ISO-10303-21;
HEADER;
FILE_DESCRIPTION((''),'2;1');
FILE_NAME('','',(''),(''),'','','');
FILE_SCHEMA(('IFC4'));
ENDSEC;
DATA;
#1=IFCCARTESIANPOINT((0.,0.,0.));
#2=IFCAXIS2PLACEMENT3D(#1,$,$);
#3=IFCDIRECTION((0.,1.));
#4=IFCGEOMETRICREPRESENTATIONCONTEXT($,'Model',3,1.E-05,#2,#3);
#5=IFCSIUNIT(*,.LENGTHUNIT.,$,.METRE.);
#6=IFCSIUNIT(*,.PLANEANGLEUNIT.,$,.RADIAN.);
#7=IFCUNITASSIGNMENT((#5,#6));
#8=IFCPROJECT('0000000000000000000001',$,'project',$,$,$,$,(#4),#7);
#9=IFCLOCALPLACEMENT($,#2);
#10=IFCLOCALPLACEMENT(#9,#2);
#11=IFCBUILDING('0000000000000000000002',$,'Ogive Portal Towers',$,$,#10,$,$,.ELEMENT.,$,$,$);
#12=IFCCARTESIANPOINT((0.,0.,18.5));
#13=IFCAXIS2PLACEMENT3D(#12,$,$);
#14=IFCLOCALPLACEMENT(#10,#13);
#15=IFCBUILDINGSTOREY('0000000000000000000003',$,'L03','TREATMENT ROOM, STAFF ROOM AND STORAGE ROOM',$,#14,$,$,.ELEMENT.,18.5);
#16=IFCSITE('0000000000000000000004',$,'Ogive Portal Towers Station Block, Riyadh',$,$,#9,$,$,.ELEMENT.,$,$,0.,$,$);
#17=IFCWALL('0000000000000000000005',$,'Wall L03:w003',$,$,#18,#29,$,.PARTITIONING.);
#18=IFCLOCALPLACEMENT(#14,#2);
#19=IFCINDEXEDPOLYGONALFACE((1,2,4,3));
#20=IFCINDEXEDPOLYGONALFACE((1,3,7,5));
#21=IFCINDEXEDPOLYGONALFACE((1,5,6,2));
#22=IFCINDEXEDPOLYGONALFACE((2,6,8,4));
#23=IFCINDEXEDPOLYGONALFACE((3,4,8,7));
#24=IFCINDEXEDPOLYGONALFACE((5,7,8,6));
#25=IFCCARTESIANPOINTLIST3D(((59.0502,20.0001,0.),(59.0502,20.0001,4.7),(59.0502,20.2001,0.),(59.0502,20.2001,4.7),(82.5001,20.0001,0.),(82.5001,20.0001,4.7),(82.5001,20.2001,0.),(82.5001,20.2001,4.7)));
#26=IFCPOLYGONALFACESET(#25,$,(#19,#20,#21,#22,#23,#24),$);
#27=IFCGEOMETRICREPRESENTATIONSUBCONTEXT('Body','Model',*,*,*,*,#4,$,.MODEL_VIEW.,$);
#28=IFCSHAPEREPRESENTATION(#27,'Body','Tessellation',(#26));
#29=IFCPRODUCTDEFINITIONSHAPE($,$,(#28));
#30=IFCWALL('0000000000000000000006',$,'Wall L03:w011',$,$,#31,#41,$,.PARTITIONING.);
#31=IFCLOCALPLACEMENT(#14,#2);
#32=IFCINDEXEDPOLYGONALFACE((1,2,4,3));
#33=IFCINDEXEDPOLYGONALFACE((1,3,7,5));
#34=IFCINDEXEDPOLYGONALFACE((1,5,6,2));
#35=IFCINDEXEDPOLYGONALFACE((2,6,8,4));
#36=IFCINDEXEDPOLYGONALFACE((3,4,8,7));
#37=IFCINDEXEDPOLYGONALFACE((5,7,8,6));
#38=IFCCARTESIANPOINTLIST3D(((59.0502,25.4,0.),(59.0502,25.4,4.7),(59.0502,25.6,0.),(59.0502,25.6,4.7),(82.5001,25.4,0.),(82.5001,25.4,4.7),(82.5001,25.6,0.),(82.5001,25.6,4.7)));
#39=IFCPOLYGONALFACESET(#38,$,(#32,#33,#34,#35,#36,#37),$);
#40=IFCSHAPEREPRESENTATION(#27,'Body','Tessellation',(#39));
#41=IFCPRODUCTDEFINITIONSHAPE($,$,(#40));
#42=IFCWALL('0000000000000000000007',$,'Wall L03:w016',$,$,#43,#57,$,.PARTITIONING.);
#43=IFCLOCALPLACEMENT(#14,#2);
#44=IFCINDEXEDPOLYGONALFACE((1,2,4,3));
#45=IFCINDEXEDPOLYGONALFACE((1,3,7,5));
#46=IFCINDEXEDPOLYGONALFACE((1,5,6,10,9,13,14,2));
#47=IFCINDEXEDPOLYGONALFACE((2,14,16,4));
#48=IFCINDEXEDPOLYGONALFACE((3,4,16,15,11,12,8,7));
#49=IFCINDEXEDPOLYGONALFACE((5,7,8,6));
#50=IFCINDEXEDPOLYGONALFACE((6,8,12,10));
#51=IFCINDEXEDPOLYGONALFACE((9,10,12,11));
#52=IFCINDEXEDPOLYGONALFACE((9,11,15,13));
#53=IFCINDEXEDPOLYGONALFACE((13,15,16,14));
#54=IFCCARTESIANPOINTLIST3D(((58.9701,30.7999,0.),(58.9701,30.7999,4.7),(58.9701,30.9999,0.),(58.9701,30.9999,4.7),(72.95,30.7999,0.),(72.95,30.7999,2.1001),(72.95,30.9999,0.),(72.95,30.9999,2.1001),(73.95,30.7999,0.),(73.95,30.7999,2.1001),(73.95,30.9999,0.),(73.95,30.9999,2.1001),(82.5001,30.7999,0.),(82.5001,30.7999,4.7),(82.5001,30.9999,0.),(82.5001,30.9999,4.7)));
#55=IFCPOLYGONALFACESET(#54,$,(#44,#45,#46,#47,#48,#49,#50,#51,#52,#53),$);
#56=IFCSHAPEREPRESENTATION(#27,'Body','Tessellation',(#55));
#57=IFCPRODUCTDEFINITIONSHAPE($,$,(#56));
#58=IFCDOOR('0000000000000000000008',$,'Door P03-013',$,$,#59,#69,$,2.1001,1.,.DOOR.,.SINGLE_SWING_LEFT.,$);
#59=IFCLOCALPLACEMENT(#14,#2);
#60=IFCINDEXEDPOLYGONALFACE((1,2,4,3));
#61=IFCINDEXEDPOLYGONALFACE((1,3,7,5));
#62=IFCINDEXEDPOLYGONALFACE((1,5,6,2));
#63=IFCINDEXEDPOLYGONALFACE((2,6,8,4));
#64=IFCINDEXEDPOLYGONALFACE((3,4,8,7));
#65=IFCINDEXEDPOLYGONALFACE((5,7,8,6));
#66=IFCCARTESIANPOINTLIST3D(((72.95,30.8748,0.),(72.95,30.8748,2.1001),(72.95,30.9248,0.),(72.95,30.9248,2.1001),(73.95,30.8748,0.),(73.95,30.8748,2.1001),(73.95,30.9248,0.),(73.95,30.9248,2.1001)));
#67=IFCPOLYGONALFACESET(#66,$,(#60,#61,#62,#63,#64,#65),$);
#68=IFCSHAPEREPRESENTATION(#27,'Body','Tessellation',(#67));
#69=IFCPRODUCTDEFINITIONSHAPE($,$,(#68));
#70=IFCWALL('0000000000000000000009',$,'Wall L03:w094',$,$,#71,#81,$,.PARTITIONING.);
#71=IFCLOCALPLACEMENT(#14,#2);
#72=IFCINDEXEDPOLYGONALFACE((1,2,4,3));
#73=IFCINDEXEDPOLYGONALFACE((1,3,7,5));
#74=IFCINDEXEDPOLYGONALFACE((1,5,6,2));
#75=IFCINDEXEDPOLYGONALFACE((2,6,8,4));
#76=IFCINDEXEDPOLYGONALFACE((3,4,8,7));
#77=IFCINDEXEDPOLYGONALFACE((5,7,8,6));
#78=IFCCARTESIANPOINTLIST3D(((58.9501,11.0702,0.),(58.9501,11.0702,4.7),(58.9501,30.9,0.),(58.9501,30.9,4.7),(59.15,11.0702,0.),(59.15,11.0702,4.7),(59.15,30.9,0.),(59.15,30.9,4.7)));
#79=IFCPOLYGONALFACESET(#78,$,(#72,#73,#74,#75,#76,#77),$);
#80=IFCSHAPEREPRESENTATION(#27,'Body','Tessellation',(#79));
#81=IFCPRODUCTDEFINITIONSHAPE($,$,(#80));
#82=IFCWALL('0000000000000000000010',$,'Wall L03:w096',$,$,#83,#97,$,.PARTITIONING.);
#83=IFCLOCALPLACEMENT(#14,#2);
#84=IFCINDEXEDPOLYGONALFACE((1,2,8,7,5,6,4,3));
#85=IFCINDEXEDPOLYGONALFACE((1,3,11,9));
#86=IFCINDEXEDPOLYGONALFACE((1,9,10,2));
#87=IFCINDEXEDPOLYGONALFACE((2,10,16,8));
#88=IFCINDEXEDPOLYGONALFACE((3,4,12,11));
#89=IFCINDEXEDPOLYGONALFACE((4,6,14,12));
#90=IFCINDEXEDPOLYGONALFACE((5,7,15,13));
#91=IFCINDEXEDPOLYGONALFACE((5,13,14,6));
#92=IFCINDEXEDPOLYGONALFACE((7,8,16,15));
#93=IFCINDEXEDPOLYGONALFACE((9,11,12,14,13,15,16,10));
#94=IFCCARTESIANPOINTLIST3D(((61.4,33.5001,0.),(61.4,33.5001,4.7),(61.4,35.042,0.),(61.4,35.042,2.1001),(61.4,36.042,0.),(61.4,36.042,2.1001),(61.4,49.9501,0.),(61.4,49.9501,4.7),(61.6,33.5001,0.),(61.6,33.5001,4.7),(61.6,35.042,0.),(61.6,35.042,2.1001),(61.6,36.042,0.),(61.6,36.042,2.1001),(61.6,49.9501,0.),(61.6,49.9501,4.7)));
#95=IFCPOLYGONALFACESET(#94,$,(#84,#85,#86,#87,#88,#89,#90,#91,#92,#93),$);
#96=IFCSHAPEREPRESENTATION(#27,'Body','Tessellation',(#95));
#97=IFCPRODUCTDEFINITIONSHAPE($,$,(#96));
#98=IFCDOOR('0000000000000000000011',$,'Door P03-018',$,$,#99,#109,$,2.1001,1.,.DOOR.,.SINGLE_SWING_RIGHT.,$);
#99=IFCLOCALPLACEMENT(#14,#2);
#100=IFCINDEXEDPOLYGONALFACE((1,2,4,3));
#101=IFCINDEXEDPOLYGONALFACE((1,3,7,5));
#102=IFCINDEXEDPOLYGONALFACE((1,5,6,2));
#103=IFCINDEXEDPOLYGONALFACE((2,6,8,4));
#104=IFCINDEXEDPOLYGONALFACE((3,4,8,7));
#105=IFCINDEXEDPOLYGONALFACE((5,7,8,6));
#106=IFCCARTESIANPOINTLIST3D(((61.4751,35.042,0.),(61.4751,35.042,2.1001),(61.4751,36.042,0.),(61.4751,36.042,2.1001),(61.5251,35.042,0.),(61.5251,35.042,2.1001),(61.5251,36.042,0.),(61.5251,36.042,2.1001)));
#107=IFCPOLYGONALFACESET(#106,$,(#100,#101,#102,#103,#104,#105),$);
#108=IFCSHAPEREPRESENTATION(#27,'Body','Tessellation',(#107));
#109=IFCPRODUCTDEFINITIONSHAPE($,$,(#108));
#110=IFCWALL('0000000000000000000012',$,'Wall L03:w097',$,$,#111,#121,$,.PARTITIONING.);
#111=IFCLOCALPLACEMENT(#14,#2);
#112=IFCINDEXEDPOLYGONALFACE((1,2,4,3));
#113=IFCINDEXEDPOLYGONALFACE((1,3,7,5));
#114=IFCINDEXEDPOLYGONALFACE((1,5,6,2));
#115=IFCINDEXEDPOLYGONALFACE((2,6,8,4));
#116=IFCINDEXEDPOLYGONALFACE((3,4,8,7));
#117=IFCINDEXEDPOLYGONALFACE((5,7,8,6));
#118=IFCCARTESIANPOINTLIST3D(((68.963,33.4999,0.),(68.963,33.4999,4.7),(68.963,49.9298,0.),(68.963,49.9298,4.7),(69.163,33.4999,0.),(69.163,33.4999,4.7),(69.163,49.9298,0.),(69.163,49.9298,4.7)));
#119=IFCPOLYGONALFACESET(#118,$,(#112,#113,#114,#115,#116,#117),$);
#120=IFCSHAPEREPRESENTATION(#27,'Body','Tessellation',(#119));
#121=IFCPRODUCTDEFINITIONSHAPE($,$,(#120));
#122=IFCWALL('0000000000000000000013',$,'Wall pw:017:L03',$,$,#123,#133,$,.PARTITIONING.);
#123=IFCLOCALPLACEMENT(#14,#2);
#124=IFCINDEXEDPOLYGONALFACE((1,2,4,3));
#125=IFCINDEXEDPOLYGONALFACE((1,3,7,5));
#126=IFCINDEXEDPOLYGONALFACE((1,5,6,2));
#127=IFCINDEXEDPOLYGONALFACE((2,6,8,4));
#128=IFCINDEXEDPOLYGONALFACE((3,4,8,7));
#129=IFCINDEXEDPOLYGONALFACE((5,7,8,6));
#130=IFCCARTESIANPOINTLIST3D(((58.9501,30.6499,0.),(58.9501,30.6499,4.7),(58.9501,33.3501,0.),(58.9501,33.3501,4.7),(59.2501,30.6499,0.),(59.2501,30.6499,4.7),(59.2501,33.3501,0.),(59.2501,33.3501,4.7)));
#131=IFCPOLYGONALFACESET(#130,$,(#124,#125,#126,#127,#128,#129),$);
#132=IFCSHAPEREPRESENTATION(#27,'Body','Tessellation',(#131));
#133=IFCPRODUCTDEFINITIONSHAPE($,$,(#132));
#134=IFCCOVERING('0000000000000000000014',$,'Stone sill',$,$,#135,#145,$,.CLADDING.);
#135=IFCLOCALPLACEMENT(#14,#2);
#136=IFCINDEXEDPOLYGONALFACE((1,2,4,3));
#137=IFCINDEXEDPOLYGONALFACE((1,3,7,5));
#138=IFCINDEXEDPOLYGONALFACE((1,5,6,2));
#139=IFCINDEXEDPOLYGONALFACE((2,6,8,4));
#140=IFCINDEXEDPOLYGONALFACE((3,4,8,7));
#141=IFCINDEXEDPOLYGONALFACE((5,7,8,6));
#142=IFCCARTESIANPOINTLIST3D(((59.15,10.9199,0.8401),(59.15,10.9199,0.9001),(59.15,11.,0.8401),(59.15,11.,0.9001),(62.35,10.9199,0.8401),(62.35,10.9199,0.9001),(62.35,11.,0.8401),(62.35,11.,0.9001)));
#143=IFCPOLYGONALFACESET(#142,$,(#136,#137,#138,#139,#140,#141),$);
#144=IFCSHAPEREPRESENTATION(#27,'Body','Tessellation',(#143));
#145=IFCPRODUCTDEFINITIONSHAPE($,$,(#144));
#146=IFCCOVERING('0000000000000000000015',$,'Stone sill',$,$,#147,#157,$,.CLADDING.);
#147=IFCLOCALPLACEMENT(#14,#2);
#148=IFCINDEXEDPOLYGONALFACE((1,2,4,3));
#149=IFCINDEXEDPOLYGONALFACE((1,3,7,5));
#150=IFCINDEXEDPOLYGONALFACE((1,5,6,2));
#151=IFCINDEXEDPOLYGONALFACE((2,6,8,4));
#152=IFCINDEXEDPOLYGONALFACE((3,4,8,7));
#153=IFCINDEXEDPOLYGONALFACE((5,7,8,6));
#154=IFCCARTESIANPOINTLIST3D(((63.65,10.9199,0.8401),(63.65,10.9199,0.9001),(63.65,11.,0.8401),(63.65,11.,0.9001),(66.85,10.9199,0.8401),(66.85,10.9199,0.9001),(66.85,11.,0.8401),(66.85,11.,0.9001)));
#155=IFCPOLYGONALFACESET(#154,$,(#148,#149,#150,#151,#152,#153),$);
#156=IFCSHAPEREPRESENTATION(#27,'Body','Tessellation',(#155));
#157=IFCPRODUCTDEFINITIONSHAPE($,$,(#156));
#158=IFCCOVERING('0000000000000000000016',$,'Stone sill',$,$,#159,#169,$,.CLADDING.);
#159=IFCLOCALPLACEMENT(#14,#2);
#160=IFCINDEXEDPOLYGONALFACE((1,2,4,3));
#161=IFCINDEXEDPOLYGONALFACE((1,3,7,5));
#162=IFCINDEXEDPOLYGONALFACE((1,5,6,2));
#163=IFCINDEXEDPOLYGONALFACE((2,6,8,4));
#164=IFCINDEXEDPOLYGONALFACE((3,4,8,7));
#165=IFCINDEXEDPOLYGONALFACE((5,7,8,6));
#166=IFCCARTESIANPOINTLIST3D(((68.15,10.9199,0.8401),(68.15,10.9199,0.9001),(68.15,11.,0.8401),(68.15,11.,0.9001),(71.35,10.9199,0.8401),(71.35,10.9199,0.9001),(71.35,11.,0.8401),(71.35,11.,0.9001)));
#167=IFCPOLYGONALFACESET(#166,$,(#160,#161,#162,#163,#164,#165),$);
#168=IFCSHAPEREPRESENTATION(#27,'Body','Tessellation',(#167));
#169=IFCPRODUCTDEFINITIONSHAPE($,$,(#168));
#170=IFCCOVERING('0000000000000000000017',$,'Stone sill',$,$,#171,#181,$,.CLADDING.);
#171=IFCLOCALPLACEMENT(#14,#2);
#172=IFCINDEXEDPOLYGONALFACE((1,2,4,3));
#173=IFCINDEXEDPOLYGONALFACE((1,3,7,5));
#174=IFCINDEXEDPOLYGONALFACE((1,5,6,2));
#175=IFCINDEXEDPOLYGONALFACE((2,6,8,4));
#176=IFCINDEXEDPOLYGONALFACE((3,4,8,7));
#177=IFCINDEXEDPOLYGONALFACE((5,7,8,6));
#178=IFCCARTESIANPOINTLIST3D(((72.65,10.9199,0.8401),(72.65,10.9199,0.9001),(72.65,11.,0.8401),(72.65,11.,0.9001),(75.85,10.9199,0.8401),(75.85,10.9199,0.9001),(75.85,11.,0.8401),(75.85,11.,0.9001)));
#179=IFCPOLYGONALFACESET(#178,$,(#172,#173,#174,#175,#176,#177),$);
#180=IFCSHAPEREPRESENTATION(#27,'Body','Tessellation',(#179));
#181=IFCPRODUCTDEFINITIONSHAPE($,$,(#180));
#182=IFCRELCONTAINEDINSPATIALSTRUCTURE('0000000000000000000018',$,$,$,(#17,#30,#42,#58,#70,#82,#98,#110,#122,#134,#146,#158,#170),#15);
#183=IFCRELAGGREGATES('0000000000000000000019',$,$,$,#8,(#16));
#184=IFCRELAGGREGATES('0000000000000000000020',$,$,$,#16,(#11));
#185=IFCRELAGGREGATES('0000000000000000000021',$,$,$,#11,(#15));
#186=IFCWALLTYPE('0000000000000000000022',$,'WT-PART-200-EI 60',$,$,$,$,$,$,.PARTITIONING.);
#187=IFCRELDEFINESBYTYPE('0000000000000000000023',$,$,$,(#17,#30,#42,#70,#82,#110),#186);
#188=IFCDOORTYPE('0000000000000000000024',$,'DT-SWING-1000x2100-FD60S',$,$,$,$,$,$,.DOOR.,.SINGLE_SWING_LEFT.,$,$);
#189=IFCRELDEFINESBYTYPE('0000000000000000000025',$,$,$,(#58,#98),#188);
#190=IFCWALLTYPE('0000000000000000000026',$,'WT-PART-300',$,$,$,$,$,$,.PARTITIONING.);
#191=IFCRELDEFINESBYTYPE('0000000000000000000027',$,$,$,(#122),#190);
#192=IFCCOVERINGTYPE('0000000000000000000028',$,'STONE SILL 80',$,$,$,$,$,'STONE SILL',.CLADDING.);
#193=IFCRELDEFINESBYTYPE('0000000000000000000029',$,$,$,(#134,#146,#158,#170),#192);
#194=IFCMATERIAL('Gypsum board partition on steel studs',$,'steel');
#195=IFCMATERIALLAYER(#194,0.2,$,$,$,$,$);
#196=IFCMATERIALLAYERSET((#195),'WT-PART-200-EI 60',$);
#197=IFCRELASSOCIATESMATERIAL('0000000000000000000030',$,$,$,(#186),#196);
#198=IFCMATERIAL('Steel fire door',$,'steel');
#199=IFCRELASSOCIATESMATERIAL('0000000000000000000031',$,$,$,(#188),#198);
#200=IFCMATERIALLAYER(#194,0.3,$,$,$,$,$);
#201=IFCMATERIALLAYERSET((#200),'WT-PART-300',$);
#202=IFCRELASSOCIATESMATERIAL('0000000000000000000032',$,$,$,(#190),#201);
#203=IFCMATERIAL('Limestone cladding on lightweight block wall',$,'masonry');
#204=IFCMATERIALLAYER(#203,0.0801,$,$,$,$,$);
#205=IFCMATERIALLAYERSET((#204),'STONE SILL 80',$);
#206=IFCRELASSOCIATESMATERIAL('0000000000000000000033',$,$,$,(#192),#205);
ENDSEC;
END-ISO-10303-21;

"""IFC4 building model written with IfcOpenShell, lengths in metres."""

from ifc_helpers import new_model, si_unit, direction, frame, frame_2d, origin, origin_2d, place, context, subcontext, project, spatial, rectangle, extrude, material, layer, layer_set, type_object, element, fill, save


model = new_model("IFC4")

# Units and contexts
model_context = context("Model", 3, precision=1e-05, world=origin(), true_north=direction((0.0, 1.0)))
body_context = subcontext(model_context, "Body", "Model", "MODEL_VIEW")
ifc_project = project(units=[si_unit("LENGTHUNIT", "METRE"), si_unit("PLANEANGLEUNIT", "RADIAN")], contexts=[model_context])

# Site, building, storey
site_placement = place(None, origin())
site = spatial("IfcSite", under=ifc_project, at=site_placement, Name="Ogive Portal Towers Station Block, Riyadh", CompositionType="ELEMENT", RefElevation=0.0)
building_placement = place(site_placement, origin())
building = spatial("IfcBuilding", under=site, at=building_placement, Name="Ogive Portal Towers", CompositionType="ELEMENT")
storey_placement = place(building_placement, frame((0.0, 0.0, 18.5)))
storey = spatial("IfcBuildingStorey", under=building, at=storey_placement, Name="L03", Description="TREATMENT ROOM, STAFF ROOM AND STORAGE ROOM", CompositionType="ELEMENT", Elevation=18.5)

# Shared definitions
ifc_material_1 = material(Name="Steel fire door", Category="steel")

# Walls
ifc_material_2 = material(Name="Gypsum board partition on steel studs", Category="steel")
ifc_layer_1 = layer(ifc_material_2, 0.2)
ifc_layer_set_1 = layer_set([ifc_layer_1], Name="WT-PART-200-EI 60")
wall_type_1 = type_object("IfcWallType", Name="WT-PART-200-EI 60", PredefinedType="PARTITIONING", material=ifc_layer_set_1)
for number, where, z_axis, x_axis, name in (
    (1, (59.05, 20.1001, 0.0), (0.0, 0.0, 1.0), (1.0, 0.0, 0.0), "Wall L03:w003"),
    (2, (59.05, 25.5, 0.0), (0.0, 0.0, 1.0), (1.0, 0.0, 0.0), "Wall L03:w011"),
):
    element("IfcWall", number, at=place(storey_placement, frame(where, z_axis=z_axis, x_axis=x_axis)), inside=storey, type_object=wall_type_1, Name=name, PredefinedType="PARTITIONING", context=body_context, shape_type="SweptSolid", body=[
        extrude(rectangle(XDim=23.45, YDim=0.2, at=frame_2d((11.7251, 0.0))), origin(), (0.0, 0.0, 1.0), 4.7),
    ])

# Wall, opening, door
wall_1_placement = place(storey_placement, frame((58.97, 30.8999, 0.0), z_axis=(0.0, 0.0, 1.0), x_axis=(1.0, 0.0, 0.0)))
wall_1 = element("IfcWall", 3, at=wall_1_placement, inside=storey, type_object=wall_type_1, Name="Wall L03:w016", PredefinedType="PARTITIONING", context=body_context, shape_type="SweptSolid", body=[
    extrude(rectangle(XDim=23.53, YDim=0.2, at=frame_2d((11.7651, 0.0))), origin(), (0.0, 0.0, 1.0), 4.7),
])
opening_1_placement = place(wall_1_placement, frame((13.98, 0.0, 0.0)))
opening_1 = element("IfcOpeningElement", 4, at=opening_1_placement, cuts=wall_1, PredefinedType="OPENING", context=body_context, shape_type="SweptSolid", body=[
    extrude(rectangle(XDim=1.0, YDim=2.1001, at=frame_2d((0.5, 1.05))), frame((0.0, 0.1099, 0.0), z_axis=(0.0, -1.0, 0.0), x_axis=(1.0, 0.0, 0.0)), (0.0, 0.0, 1.0), 0.22),
])
door_type_1 = type_object("IfcDoorType", Name="DT-SWING-1000x2100-FD60S", OperationType="SINGLE_SWING_LEFT", PredefinedType="DOOR", material=ifc_material_1)
door_1_placement = place(opening_1_placement, origin())
door_1 = element("IfcDoor", 5, at=door_1_placement, inside=storey, type_object=door_type_1, Name="Door P03-013", OperationType="SINGLE_SWING_LEFT", OverallHeight=2.1001, OverallWidth=1.0, PredefinedType="DOOR", context=body_context, shape_type="SweptSolid", body=[
    extrude(rectangle(XDim=1.0, YDim=2.1001, at=frame_2d((0.5, 1.05))), frame((0.0, 0.0249, 0.0), z_axis=(0.0, -1.0, 0.0), x_axis=(1.0, 0.0, 0.0)), (0.0, 0.0, 1.0), 0.05),
])
fill(opening_1, door_1)

# Wall
wall_2_placement = place(storey_placement, frame((59.05, 11.0701, 0.0), z_axis=(0.0, 0.0, 1.0), x_axis=(0.0, 1.0, 0.0)))
element("IfcWall", 6, at=wall_2_placement, inside=storey, type_object=wall_type_1, Name="Wall L03:w094", PredefinedType="PARTITIONING", context=body_context, shape_type="SweptSolid", body=[
    extrude(rectangle(XDim=19.8298, YDim=0.2, at=frame_2d((9.915, 0.0))), origin(), (0.0, 0.0, 1.0), 4.7),
])

# Wall, opening, door
wall_3_placement = place(storey_placement, frame((61.5, 33.5, 0.0), z_axis=(0.0, 0.0, 1.0), x_axis=(0.0, 1.0, 0.0)))
wall_3 = element("IfcWall", 7, at=wall_3_placement, inside=storey, type_object=wall_type_1, Name="Wall L03:w096", PredefinedType="PARTITIONING", context=body_context, shape_type="SweptSolid", body=[
    extrude(rectangle(XDim=16.45, YDim=0.2, at=frame_2d((8.2251, 0.0))), origin(), (0.0, 0.0, 1.0), 4.7),
])
opening_2_placement = place(wall_3_placement, frame((1.542, 0.0, 0.0)))
opening_2 = element("IfcOpeningElement", 8, at=opening_2_placement, cuts=wall_3, PredefinedType="OPENING", context=body_context, shape_type="SweptSolid", body=[
    extrude(rectangle(XDim=1.0, YDim=2.1001, at=frame_2d((0.5, 1.05))), frame((0.0, 0.1099, 0.0), z_axis=(0.0, -1.0, 0.0), x_axis=(1.0, 0.0, 0.0)), (0.0, 0.0, 1.0), 0.22),
])
door_2_placement = place(opening_2_placement, origin())
door_2 = element("IfcDoor", 9, at=door_2_placement, inside=storey, type_object=door_type_1, Name="Door P03-018", OperationType="SINGLE_SWING_RIGHT", OverallHeight=2.1001, OverallWidth=1.0, PredefinedType="DOOR", context=body_context, shape_type="SweptSolid", body=[
    extrude(rectangle(XDim=1.0, YDim=2.1001, at=frame_2d((0.5, 1.05))), frame((0.0, 0.0249, 0.0), z_axis=(0.0, -1.0, 0.0), x_axis=(1.0, 0.0, 0.0)), (0.0, 0.0, 1.0), 0.05),
])
fill(opening_2, door_2)

# Walls
wall_4_placement = place(storey_placement, frame((69.063, 33.5, 0.0), z_axis=(0.0, 0.0, 1.0), x_axis=(0.0, 1.0, 0.0)))
element("IfcWall", 10, at=wall_4_placement, inside=storey, type_object=wall_type_1, Name="Wall L03:w097", PredefinedType="PARTITIONING", context=body_context, shape_type="SweptSolid", body=[
    extrude(rectangle(XDim=16.4299, YDim=0.2, at=frame_2d((8.2148, 0.0))), origin(), (0.0, 0.0, 1.0), 4.7),
])
ifc_layer_2 = layer(ifc_material_2, 0.3)
ifc_layer_set_2 = layer_set([ifc_layer_2], Name="WT-PART-300")
wall_type_2 = type_object("IfcWallType", Name="WT-PART-300", PredefinedType="PARTITIONING", material=ifc_layer_set_2)
wall_5_placement = place(storey_placement, frame((59.1001, 30.6499, 0.0), z_axis=(0.0, 0.0, 1.0), x_axis=(0.0, 1.0, 0.0)))
element("IfcWall", 11, at=wall_5_placement, inside=storey, type_object=wall_type_2, Name="Wall pw:017:L03", PredefinedType="PARTITIONING", context=body_context, shape_type="SweptSolid", body=[
    extrude(rectangle(XDim=2.7002, YDim=0.3, at=frame_2d((1.3501, 0.0))), origin(), (0.0, 0.0, 1.0), 4.7),
])

# Coverings
ifc_material_3 = material(Name="Limestone cladding on lightweight block wall", Category="masonry")
ifc_layer_3 = layer(ifc_material_3, 0.0801)
ifc_layer_set_3 = layer_set([ifc_layer_3], Name="STONE SILL 80")
covering_type = type_object("IfcCoveringType", Name="STONE SILL 80", ElementType="STONE SILL", PredefinedType="CLADDING", material=ifc_layer_set_3)
for number, where, z_axis, x_axis, name in (
    (12, (60.75, 10.96, 0.8401), (0.0, 0.0, 1.0), (1.0, 0.0, 0.0), "Stone sill"),
    (13, (65.25, 10.96, 0.8401), (0.0, 0.0, 1.0), (1.0, 0.0, 0.0), "Stone sill"),
    (14, (69.75, 10.96, 0.8401), (0.0, 0.0, 1.0), (1.0, 0.0, 0.0), "Stone sill"),
    (15, (74.25, 10.96, 0.8401), (0.0, 0.0, 1.0), (1.0, 0.0, 0.0), "Stone sill"),
):
    element("IfcCovering", number, at=place(storey_placement, frame(where, z_axis=z_axis, x_axis=x_axis)), inside=storey, type_object=covering_type, Name=name, PredefinedType="CLADDING", context=body_context, shape_type="SweptSolid", body=[
        extrude(rectangle(XDim=3.2, YDim=0.0801, at=origin_2d()), origin(), (0.0, 0.0, 1.0), 0.0601),
    ])

save(model, "model.ifc")
